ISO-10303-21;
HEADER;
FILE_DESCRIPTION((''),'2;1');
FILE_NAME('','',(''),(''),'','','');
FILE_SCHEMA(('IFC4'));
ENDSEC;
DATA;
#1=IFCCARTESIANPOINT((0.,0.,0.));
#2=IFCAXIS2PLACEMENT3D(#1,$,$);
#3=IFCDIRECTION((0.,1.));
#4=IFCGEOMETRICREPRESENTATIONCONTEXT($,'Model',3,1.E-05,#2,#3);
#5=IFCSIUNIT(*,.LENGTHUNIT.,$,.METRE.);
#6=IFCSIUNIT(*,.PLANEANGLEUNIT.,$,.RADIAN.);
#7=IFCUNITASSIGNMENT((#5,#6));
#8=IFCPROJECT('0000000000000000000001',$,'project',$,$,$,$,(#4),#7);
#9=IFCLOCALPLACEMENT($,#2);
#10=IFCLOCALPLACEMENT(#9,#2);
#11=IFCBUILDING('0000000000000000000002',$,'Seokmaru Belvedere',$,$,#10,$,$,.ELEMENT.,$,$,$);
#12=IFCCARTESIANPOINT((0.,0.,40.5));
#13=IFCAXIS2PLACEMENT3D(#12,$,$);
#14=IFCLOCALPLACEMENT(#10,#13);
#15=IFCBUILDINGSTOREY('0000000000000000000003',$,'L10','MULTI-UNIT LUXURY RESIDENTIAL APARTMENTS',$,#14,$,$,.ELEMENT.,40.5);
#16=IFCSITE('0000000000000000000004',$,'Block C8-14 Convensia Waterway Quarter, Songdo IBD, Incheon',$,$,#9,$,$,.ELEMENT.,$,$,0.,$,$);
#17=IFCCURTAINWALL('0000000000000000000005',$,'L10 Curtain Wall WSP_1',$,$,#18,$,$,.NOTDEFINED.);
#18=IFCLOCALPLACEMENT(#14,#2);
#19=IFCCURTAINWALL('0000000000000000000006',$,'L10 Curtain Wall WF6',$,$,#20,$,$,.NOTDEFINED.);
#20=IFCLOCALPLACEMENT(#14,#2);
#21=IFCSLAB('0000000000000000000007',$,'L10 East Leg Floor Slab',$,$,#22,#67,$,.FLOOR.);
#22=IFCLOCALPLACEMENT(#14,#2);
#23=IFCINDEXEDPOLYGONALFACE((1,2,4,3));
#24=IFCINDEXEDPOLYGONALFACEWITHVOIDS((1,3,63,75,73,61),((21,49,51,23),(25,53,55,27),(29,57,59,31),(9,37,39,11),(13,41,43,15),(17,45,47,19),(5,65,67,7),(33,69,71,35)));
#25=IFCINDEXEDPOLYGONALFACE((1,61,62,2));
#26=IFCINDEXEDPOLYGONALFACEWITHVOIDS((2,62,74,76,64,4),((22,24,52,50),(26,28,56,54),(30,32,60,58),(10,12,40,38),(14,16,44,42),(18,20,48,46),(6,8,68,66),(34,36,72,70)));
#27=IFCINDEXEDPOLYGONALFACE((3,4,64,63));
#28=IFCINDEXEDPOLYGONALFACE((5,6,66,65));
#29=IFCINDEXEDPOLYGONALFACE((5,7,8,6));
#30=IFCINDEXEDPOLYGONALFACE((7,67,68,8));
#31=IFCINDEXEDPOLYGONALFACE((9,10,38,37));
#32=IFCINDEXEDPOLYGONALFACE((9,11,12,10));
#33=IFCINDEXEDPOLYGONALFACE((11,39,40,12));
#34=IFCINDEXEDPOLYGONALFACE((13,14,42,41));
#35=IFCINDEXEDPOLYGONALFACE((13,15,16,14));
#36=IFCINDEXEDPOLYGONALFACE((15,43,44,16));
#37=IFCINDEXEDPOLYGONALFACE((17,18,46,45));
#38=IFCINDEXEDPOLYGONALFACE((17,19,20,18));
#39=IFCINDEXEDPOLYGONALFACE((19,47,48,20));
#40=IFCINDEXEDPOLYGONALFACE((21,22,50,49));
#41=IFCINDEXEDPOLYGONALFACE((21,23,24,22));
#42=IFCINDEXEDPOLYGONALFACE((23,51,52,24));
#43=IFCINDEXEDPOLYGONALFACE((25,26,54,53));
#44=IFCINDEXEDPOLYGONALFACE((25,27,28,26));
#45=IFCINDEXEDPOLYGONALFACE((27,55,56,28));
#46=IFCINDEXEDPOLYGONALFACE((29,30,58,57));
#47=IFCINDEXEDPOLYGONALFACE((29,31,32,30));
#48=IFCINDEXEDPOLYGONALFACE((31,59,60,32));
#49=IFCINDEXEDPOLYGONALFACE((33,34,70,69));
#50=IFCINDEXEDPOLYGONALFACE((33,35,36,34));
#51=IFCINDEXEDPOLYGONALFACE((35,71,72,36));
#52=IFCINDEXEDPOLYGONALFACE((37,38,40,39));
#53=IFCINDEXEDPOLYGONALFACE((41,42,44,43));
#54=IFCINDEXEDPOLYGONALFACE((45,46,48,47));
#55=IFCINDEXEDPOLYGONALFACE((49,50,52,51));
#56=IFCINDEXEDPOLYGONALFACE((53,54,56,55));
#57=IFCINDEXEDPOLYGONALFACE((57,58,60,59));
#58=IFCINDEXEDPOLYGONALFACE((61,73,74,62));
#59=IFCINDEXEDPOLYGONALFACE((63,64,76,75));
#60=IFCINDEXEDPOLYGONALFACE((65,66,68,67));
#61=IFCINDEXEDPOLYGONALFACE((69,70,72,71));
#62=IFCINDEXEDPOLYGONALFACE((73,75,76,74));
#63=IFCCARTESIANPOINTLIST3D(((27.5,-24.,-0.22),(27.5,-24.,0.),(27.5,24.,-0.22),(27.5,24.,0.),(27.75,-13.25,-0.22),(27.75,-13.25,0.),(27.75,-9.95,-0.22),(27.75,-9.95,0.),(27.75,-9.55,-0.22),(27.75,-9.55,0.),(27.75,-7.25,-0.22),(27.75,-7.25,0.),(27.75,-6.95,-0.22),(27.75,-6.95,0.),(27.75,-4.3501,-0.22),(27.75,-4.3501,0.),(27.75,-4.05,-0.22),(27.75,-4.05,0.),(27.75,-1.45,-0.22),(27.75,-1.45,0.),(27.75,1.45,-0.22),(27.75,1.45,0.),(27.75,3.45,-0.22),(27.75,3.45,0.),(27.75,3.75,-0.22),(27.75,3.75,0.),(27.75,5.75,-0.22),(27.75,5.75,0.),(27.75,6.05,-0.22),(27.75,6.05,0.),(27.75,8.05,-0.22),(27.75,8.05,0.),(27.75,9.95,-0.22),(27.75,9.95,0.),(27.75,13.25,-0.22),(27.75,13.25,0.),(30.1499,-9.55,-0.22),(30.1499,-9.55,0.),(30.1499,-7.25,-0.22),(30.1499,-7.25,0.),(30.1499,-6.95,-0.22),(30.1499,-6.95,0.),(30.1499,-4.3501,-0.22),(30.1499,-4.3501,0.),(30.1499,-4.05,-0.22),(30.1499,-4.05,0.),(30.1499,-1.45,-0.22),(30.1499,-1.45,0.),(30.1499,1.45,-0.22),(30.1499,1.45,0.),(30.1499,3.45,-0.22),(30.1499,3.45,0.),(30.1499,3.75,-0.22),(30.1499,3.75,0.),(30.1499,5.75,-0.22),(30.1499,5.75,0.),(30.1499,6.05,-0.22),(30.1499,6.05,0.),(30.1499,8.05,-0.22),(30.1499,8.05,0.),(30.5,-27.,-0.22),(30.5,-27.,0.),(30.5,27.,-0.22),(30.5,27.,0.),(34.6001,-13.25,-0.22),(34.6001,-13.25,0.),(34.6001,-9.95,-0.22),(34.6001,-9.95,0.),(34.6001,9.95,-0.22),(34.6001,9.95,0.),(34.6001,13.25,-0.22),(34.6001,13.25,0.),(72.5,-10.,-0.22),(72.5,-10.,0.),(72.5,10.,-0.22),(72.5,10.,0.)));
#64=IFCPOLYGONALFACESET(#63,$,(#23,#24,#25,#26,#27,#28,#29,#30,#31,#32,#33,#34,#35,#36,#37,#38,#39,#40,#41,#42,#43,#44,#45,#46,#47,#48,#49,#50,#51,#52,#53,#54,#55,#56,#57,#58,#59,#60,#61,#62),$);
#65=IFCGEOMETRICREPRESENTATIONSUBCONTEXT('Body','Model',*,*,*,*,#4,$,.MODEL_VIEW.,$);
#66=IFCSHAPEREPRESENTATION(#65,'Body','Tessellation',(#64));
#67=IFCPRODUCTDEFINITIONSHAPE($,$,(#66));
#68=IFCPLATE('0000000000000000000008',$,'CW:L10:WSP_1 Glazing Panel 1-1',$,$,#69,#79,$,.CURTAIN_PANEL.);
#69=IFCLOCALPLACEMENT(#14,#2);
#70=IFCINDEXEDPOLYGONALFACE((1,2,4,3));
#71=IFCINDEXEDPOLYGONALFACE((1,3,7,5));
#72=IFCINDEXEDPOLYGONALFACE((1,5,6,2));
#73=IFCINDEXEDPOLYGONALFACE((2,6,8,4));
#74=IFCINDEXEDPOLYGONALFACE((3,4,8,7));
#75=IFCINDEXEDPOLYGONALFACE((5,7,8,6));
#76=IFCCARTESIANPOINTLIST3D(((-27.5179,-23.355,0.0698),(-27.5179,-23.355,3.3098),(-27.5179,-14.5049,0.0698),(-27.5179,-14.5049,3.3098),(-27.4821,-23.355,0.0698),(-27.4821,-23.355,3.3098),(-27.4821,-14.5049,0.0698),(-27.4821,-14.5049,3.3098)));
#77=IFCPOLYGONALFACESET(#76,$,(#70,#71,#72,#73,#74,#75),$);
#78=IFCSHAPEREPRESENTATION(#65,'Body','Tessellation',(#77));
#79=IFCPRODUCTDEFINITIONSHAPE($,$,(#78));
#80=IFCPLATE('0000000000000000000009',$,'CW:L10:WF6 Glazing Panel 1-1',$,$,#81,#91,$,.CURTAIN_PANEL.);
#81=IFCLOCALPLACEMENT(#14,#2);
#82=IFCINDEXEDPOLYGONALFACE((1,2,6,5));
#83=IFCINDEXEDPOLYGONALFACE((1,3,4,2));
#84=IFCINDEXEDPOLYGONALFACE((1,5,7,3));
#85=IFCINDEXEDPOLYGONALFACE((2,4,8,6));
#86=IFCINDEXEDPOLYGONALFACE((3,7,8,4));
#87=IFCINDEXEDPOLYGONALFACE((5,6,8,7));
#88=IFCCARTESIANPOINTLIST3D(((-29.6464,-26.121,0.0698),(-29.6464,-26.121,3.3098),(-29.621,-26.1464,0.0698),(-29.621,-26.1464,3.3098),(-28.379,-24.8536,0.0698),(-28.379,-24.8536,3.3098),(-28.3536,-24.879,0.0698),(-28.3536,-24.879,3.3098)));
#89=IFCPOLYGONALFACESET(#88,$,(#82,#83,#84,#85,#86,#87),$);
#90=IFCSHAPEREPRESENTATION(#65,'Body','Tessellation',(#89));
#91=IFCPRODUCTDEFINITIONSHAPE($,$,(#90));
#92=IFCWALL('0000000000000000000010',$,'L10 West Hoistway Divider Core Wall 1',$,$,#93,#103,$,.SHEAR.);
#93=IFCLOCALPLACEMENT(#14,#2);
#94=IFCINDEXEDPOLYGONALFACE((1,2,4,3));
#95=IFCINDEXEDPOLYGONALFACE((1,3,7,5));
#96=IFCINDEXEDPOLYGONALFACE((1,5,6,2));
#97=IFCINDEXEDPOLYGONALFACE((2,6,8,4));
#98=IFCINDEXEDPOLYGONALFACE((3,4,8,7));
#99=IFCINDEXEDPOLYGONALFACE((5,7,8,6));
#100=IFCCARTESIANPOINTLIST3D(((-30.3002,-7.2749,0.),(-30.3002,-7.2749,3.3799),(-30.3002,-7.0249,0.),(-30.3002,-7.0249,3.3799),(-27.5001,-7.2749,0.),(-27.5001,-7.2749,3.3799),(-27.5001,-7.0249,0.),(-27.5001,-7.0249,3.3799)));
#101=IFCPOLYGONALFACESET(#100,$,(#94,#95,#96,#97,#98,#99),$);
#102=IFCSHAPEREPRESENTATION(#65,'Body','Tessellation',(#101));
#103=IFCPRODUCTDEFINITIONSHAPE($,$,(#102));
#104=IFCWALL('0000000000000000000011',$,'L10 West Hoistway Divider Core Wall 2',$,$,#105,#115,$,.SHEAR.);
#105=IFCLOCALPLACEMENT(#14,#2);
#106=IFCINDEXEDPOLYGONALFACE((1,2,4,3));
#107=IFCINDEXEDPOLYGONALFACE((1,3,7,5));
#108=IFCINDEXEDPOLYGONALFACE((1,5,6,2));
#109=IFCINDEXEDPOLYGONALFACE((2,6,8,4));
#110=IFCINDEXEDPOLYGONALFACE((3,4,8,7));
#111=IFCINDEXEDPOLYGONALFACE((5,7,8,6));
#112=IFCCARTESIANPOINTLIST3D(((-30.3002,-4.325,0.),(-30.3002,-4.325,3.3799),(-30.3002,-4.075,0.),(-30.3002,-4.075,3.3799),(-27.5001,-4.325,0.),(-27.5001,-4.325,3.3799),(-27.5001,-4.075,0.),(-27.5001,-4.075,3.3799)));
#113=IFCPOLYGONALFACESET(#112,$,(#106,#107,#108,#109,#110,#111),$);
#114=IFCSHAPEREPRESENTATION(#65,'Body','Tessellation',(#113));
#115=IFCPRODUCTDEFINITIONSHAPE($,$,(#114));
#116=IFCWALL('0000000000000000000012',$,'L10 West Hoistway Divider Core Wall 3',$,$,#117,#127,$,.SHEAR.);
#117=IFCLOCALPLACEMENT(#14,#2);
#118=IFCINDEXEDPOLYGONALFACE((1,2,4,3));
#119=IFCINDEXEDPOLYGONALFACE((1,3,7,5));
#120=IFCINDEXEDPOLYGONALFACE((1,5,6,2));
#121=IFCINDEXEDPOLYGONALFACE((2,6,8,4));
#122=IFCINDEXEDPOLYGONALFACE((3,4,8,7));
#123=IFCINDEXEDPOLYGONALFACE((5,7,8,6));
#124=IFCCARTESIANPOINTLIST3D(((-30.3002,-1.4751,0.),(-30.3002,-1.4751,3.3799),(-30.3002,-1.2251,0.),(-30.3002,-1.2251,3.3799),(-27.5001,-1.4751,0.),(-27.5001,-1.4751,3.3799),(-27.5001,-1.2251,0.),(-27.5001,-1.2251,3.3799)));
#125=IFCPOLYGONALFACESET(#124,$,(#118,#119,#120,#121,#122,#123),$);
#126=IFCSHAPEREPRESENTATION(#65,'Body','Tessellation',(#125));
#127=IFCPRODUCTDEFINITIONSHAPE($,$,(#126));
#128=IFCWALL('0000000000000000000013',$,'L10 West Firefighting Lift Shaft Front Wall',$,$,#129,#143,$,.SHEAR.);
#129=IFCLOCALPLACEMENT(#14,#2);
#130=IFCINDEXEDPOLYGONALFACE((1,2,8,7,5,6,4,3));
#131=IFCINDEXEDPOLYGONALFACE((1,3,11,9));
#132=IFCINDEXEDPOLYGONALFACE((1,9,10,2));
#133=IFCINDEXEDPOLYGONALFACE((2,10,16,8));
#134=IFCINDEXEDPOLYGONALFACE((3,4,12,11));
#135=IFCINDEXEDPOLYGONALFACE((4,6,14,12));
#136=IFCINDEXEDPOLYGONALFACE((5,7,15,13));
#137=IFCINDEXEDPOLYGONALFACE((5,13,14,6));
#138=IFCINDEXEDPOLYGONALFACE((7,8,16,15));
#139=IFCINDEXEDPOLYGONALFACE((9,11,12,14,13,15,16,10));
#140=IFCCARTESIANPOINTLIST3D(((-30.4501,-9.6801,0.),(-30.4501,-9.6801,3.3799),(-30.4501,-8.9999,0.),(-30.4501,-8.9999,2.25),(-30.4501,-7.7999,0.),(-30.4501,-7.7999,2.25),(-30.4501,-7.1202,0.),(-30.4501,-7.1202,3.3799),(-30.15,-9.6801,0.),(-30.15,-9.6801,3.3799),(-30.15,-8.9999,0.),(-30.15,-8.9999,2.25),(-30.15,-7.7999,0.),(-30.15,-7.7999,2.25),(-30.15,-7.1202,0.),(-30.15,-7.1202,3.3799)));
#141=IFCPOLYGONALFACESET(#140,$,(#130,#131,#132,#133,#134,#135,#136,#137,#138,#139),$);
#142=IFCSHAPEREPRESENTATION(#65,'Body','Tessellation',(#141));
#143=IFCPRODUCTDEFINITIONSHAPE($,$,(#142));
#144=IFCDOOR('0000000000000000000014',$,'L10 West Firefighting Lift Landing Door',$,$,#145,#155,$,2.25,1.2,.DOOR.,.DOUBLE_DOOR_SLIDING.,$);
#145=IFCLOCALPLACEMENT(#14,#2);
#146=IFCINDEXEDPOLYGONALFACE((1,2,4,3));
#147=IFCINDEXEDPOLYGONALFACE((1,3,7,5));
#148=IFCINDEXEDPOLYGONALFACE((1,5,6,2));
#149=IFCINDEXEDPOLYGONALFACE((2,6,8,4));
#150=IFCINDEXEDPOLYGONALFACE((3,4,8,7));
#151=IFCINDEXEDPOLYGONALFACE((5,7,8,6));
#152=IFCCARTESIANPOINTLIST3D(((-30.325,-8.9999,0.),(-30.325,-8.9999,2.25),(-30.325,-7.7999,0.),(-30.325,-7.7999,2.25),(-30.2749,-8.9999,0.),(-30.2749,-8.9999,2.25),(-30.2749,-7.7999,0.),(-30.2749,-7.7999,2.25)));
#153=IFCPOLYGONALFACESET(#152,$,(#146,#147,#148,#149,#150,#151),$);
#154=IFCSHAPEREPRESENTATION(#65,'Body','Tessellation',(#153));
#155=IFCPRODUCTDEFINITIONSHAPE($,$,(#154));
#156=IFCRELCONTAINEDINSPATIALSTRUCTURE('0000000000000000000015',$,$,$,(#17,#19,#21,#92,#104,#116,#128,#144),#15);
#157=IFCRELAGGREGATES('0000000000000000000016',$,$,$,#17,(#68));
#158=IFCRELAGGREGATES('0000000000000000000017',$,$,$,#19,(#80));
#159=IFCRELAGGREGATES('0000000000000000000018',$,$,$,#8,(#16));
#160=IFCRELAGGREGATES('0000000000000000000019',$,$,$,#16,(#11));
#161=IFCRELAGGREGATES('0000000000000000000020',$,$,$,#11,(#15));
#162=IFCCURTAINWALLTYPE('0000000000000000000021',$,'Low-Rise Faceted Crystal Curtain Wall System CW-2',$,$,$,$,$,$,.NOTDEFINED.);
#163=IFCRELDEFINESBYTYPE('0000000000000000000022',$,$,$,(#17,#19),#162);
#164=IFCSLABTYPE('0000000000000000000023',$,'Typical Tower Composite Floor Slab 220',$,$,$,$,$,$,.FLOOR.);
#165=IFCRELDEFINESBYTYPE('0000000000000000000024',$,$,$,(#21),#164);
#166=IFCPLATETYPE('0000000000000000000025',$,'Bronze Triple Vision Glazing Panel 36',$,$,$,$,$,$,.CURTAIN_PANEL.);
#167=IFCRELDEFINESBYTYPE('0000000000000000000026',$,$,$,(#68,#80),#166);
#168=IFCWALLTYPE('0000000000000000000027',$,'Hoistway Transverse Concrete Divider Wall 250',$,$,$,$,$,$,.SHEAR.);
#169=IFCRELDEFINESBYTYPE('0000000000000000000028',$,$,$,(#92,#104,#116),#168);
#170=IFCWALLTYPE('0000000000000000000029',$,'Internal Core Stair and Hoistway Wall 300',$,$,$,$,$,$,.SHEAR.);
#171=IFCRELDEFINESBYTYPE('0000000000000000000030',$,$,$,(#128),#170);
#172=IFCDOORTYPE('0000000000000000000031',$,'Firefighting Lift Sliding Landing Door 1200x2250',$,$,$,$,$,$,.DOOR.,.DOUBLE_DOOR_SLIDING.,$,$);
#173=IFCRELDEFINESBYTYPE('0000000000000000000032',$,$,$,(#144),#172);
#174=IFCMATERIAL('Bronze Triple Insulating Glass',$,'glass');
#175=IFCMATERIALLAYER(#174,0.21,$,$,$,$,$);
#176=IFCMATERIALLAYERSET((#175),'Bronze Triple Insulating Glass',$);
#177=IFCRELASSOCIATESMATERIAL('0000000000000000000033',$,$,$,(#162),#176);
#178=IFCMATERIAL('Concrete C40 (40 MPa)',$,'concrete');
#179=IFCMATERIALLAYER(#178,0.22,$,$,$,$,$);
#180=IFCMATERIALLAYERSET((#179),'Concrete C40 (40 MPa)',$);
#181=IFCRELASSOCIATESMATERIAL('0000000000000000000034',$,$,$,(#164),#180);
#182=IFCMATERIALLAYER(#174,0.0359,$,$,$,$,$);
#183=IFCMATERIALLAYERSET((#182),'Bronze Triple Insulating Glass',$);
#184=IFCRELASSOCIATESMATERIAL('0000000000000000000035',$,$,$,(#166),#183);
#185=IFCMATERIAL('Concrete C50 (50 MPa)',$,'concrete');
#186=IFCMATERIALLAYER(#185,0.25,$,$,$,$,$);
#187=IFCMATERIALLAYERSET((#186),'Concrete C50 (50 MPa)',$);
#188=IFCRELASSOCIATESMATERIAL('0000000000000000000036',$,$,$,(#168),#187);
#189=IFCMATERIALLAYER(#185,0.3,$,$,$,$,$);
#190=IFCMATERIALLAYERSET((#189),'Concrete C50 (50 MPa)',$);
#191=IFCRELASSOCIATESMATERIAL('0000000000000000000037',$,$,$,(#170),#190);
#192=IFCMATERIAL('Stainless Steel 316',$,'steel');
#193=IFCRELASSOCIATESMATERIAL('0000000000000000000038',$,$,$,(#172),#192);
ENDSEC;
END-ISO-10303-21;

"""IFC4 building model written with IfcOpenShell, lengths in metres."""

from ifc_helpers import new_model, si_unit, direction, frame, frame_2d, origin, origin_2d, place, context, subcontext, project, spatial, polyline, rectangle, outline, extrude, source, transform, mapped, material, layer, layer_set, type_object, type_shapes, element, fill, aggregate, save


model = new_model("IFC4")

# Units and contexts
model_context = context("Model", 3, precision=1e-05, world=origin(), true_north=direction((0.0, 1.0)))
body_context = subcontext(model_context, "Body", "Model", "MODEL_VIEW")
ifc_project = project(units=[si_unit("LENGTHUNIT", "METRE"), si_unit("PLANEANGLEUNIT", "RADIAN")], contexts=[model_context])

# Site, building, storey
site_placement = place(None, origin())
site = spatial("IfcSite", under=ifc_project, at=site_placement, Name="Block C8-14 Convensia Waterway Quarter, Songdo IBD, Incheon", CompositionType="ELEMENT", RefElevation=0.0)
building_placement = place(site_placement, origin())
building = spatial("IfcBuilding", under=site, at=building_placement, Name="Seokmaru Belvedere", CompositionType="ELEMENT")
storey_placement = place(building_placement, frame((0.0, 0.0, 40.5)))
storey = spatial("IfcBuildingStorey", under=building, at=storey_placement, Name="L10", Description="MULTI-UNIT LUXURY RESIDENTIAL APARTMENTS", CompositionType="ELEMENT", Elevation=40.5)

# Curtain walls
ifc_material_1 = material(Name="Bronze Triple Insulating Glass", Category="glass")
ifc_layer_1 = layer(ifc_material_1, 0.21)
ifc_layer_set_1 = layer_set([ifc_layer_1], Name="Bronze Triple Insulating Glass")
curtain_wall_type = type_object("IfcCurtainWallType", Name="Low-Rise Faceted Crystal Curtain Wall System CW-2", PredefinedType="NOTDEFINED", material=ifc_layer_set_1)
curtain_wall_1_placement = place(storey_placement, origin())
curtain_wall_1 = element("IfcCurtainWall", 1, at=curtain_wall_1_placement, inside=storey, type_object=curtain_wall_type, Name="L10 Curtain Wall WSP_1", PredefinedType="NOTDEFINED")
curtain_wall_2_placement = place(storey_placement, origin())
curtain_wall_2 = element("IfcCurtainWall", 2, at=curtain_wall_2_placement, inside=storey, type_object=curtain_wall_type, Name="L10 Curtain Wall WF6", PredefinedType="NOTDEFINED")

# Shared definitions
ifc_material_2 = material(Name="Concrete C40 (40 MPa)", Category="concrete")

# Slab
ifc_layer_2 = layer(ifc_material_2, 0.22)
ifc_layer_set_2 = layer_set([ifc_layer_2], Name="Concrete C40 (40 MPa)")
slab_type_1 = type_object("IfcSlabType", Name="Typical Tower Composite Floor Slab 220", PredefinedType="FLOOR", material=ifc_layer_set_2)
slab_1_placement = place(storey_placement, frame((0.0, 0.0, -0.22)))
element("IfcSlab", 3, at=slab_1_placement, inside=storey, type_object=slab_type_1, Name="L10 East Leg Floor Slab", PredefinedType="FLOOR", context=body_context, shape_type="SweptSolid", body=[
    extrude(outline(polyline([(30.5, -27.0), (72.5, -10.0), (72.5, 10.0), (30.5, 27.0), (27.5, 24.0), (27.5, -24.0), (30.5, -27.0)]), holes=[polyline([(27.75, -13.25), (34.6001, -13.25), (34.6001, -9.95), (27.75, -9.95), (27.75, -13.25)]), polyline([(27.75, 9.95), (34.6001, 9.95), (34.6001, 13.25), (27.75, 13.25), (27.75, 9.95)]), polyline([(27.75, -9.55), (30.1499, -9.55), (30.1499, -7.25), (27.75, -7.25), (27.75, -9.55)]), polyline([(27.75, -6.95), (30.1499, -6.95), (30.1499, -4.3501), (27.75, -4.3501), (27.75, -6.95)]), polyline([(27.75, -4.05), (30.1499, -4.05), (30.1499, -1.45), (27.75, -1.45), (27.75, -4.05)]), polyline([(27.75, 1.45), (30.1499, 1.45), (30.1499, 3.45), (27.75, 3.45), (27.75, 1.45)]), polyline([(27.75, 3.75), (30.1499, 3.75), (30.1499, 5.75), (27.75, 5.75), (27.75, 3.75)]), polyline([(27.75, 6.05), (30.1499, 6.05), (30.1499, 8.05), (27.75, 8.05), (27.75, 6.05)])]), origin(), (0.0, 0.0, 1.0), 0.22),
])

# Plates
ifc_layer_3 = layer(ifc_material_1, 0.0359)
ifc_layer_set_3 = layer_set([ifc_layer_3], Name="Bronze Triple Insulating Glass")
plate_type = type_object("IfcPlateType", Name="Bronze Triple Vision Glazing Panel 36", PredefinedType="CURTAIN_PANEL", material=ifc_layer_set_3)
shared_shape_1 = source(origin(), body_context, "Body", "SweptSolid", [
    extrude(rectangle(XDim=8.8501, YDim=0.0359, at=origin_2d()), origin(), (0.0, 0.0, 1.0), 3.24),
])
plate_1_placement = place(storey_placement, frame((-27.5, -18.9299, 0.0698), z_axis=(0.0, 0.0, 1.0), x_axis=(0.0, 1.0, 0.0)))
plate_1 = element("IfcPlate", 4, at=plate_1_placement, type_object=plate_type, Name="CW:L10:WSP_1 Glazing Panel 1-1", PredefinedType="CURTAIN_PANEL", context=body_context, shape_type="MappedRepresentation", body=[
    mapped(shared_shape_1, transform((0.0, 0.0, 0.0), scale=1.0)),
])
aggregate(curtain_wall_1, [plate_1])
shared_shape_2 = source(origin(), body_context, "Body", "SweptSolid", [
    extrude(rectangle(XDim=1.7925, YDim=0.0359, at=origin_2d()), origin(), (0.0, 0.0, 1.0), 3.24),
])
type_shapes(plate_type, [shared_shape_1, shared_shape_2])
plate_2_placement = place(storey_placement, frame((-29.0, -25.5, 0.0698), z_axis=(0.0, 0.0, 1.0), x_axis=(0.707107, 0.707107, 0.0)))
plate_2 = element("IfcPlate", 5, at=plate_2_placement, type_object=plate_type, Name="CW:L10:WF6 Glazing Panel 1-1", PredefinedType="CURTAIN_PANEL", context=body_context, shape_type="MappedRepresentation", body=[
    mapped(shared_shape_2, transform((0.0, 0.0, 0.0), scale=1.0)),
])
aggregate(curtain_wall_2, [plate_2])

# Walls
ifc_material_3 = material(Name="Concrete C50 (50 MPa)", Category="concrete")
ifc_layer_4 = layer(ifc_material_3, 0.25)
ifc_layer_set_4 = layer_set([ifc_layer_4], Name="Concrete C50 (50 MPa)")
wall_type_1 = type_object("IfcWallType", Name="Hoistway Transverse Concrete Divider Wall 250", PredefinedType="SHEAR", material=ifc_layer_set_4)
for number, where, z_axis, x_axis, name in (
    (6, (-30.3, -7.1499, 0.0), (0.0, 0.0, 1.0), (1.0, 0.0, 0.0), "L10 West Hoistway Divider Core Wall 1"),
    (7, (-30.3, -4.2, 0.0), (0.0, 0.0, 1.0), (1.0, 0.0, 0.0), "L10 West Hoistway Divider Core Wall 2"),
    (8, (-30.3, -1.3501, 0.0), (0.0, 0.0, 1.0), (1.0, 0.0, 0.0), "L10 West Hoistway Divider Core Wall 3"),
):
    element("IfcWall", number, at=place(storey_placement, frame(where, z_axis=z_axis, x_axis=x_axis)), inside=storey, type_object=wall_type_1, Name=name, PredefinedType="SHEAR", context=body_context, shape_type="SweptSolid", body=[
        extrude(rectangle(XDim=2.8, YDim=0.25, at=frame_2d((1.3999, 0.0))), origin(), (0.0, 0.0, 1.0), 3.3799),
    ])

# Wall, opening, door
ifc_layer_5 = layer(ifc_material_3, 0.3)
ifc_layer_set_5 = layer_set([ifc_layer_5], Name="Concrete C50 (50 MPa)")
wall_type_2 = type_object("IfcWallType", Name="Internal Core Stair and Hoistway Wall 300", PredefinedType="SHEAR", material=ifc_layer_set_5)
wall_1_placement = place(storey_placement, frame((-30.3, -9.6799, 0.0), z_axis=(0.0, 0.0, 1.0), x_axis=(0.0, 1.0, 0.0)))
wall_1 = element("IfcWall", 9, at=wall_1_placement, inside=storey, type_object=wall_type_2, Name="L10 West Firefighting Lift Shaft Front Wall", PredefinedType="SHEAR", context=body_context, shape_type="SweptSolid", body=[
    extrude(rectangle(XDim=2.5598, YDim=0.3, at=frame_2d((1.2798, 0.0))), origin(), (0.0, 0.0, 1.0), 3.3799),
])
opening_1_placement = place(wall_1_placement, frame((0.6799, 0.0, 0.0)))
opening_1 = element("IfcOpeningElement", 10, at=opening_1_placement, cuts=wall_1, PredefinedType="OPENING", context=body_context, shape_type="SweptSolid", body=[
    extrude(rectangle(XDim=1.2, YDim=2.25, at=frame_2d((0.6001, 1.125))), frame((0.0, 0.1602, 0.0), z_axis=(0.0, -1.0, 0.0), x_axis=(1.0, 0.0, 0.0)), (0.0, 0.0, 1.0), 0.3201),
])
ifc_material_4 = material(Name="Stainless Steel 316", Category="steel")
door_type_1 = type_object("IfcDoorType", Name="Firefighting Lift Sliding Landing Door 1200x2250", OperationType="DOUBLE_DOOR_SLIDING", PredefinedType="DOOR", material=ifc_material_4)
shared_shape_3 = source(origin(), body_context, "Body", "SweptSolid", [
    extrude(rectangle(XDim=1.2, YDim=2.25, at=frame_2d((0.6001, 1.125))), frame((0.0, 0.0249, 0.0), z_axis=(0.0, -1.0, 0.0), x_axis=(1.0, 0.0, 0.0)), (0.0, 0.0, 1.0), 0.05),
])
type_shapes(door_type_1, [shared_shape_3])
door_1_placement = place(opening_1_placement, origin())
door_1 = element("IfcDoor", 11, at=door_1_placement, inside=storey, type_object=door_type_1, Name="L10 West Firefighting Lift Landing Door", OperationType="DOUBLE_DOOR_SLIDING", OverallHeight=2.25, OverallWidth=1.2, PredefinedType="DOOR", context=body_context, shape_type="MappedRepresentation", body=[
    mapped(shared_shape_3, transform((0.0, 0.0, 0.0), scale=1.0)),
])
fill(opening_1, door_1)

save(model, "model.ifc")
